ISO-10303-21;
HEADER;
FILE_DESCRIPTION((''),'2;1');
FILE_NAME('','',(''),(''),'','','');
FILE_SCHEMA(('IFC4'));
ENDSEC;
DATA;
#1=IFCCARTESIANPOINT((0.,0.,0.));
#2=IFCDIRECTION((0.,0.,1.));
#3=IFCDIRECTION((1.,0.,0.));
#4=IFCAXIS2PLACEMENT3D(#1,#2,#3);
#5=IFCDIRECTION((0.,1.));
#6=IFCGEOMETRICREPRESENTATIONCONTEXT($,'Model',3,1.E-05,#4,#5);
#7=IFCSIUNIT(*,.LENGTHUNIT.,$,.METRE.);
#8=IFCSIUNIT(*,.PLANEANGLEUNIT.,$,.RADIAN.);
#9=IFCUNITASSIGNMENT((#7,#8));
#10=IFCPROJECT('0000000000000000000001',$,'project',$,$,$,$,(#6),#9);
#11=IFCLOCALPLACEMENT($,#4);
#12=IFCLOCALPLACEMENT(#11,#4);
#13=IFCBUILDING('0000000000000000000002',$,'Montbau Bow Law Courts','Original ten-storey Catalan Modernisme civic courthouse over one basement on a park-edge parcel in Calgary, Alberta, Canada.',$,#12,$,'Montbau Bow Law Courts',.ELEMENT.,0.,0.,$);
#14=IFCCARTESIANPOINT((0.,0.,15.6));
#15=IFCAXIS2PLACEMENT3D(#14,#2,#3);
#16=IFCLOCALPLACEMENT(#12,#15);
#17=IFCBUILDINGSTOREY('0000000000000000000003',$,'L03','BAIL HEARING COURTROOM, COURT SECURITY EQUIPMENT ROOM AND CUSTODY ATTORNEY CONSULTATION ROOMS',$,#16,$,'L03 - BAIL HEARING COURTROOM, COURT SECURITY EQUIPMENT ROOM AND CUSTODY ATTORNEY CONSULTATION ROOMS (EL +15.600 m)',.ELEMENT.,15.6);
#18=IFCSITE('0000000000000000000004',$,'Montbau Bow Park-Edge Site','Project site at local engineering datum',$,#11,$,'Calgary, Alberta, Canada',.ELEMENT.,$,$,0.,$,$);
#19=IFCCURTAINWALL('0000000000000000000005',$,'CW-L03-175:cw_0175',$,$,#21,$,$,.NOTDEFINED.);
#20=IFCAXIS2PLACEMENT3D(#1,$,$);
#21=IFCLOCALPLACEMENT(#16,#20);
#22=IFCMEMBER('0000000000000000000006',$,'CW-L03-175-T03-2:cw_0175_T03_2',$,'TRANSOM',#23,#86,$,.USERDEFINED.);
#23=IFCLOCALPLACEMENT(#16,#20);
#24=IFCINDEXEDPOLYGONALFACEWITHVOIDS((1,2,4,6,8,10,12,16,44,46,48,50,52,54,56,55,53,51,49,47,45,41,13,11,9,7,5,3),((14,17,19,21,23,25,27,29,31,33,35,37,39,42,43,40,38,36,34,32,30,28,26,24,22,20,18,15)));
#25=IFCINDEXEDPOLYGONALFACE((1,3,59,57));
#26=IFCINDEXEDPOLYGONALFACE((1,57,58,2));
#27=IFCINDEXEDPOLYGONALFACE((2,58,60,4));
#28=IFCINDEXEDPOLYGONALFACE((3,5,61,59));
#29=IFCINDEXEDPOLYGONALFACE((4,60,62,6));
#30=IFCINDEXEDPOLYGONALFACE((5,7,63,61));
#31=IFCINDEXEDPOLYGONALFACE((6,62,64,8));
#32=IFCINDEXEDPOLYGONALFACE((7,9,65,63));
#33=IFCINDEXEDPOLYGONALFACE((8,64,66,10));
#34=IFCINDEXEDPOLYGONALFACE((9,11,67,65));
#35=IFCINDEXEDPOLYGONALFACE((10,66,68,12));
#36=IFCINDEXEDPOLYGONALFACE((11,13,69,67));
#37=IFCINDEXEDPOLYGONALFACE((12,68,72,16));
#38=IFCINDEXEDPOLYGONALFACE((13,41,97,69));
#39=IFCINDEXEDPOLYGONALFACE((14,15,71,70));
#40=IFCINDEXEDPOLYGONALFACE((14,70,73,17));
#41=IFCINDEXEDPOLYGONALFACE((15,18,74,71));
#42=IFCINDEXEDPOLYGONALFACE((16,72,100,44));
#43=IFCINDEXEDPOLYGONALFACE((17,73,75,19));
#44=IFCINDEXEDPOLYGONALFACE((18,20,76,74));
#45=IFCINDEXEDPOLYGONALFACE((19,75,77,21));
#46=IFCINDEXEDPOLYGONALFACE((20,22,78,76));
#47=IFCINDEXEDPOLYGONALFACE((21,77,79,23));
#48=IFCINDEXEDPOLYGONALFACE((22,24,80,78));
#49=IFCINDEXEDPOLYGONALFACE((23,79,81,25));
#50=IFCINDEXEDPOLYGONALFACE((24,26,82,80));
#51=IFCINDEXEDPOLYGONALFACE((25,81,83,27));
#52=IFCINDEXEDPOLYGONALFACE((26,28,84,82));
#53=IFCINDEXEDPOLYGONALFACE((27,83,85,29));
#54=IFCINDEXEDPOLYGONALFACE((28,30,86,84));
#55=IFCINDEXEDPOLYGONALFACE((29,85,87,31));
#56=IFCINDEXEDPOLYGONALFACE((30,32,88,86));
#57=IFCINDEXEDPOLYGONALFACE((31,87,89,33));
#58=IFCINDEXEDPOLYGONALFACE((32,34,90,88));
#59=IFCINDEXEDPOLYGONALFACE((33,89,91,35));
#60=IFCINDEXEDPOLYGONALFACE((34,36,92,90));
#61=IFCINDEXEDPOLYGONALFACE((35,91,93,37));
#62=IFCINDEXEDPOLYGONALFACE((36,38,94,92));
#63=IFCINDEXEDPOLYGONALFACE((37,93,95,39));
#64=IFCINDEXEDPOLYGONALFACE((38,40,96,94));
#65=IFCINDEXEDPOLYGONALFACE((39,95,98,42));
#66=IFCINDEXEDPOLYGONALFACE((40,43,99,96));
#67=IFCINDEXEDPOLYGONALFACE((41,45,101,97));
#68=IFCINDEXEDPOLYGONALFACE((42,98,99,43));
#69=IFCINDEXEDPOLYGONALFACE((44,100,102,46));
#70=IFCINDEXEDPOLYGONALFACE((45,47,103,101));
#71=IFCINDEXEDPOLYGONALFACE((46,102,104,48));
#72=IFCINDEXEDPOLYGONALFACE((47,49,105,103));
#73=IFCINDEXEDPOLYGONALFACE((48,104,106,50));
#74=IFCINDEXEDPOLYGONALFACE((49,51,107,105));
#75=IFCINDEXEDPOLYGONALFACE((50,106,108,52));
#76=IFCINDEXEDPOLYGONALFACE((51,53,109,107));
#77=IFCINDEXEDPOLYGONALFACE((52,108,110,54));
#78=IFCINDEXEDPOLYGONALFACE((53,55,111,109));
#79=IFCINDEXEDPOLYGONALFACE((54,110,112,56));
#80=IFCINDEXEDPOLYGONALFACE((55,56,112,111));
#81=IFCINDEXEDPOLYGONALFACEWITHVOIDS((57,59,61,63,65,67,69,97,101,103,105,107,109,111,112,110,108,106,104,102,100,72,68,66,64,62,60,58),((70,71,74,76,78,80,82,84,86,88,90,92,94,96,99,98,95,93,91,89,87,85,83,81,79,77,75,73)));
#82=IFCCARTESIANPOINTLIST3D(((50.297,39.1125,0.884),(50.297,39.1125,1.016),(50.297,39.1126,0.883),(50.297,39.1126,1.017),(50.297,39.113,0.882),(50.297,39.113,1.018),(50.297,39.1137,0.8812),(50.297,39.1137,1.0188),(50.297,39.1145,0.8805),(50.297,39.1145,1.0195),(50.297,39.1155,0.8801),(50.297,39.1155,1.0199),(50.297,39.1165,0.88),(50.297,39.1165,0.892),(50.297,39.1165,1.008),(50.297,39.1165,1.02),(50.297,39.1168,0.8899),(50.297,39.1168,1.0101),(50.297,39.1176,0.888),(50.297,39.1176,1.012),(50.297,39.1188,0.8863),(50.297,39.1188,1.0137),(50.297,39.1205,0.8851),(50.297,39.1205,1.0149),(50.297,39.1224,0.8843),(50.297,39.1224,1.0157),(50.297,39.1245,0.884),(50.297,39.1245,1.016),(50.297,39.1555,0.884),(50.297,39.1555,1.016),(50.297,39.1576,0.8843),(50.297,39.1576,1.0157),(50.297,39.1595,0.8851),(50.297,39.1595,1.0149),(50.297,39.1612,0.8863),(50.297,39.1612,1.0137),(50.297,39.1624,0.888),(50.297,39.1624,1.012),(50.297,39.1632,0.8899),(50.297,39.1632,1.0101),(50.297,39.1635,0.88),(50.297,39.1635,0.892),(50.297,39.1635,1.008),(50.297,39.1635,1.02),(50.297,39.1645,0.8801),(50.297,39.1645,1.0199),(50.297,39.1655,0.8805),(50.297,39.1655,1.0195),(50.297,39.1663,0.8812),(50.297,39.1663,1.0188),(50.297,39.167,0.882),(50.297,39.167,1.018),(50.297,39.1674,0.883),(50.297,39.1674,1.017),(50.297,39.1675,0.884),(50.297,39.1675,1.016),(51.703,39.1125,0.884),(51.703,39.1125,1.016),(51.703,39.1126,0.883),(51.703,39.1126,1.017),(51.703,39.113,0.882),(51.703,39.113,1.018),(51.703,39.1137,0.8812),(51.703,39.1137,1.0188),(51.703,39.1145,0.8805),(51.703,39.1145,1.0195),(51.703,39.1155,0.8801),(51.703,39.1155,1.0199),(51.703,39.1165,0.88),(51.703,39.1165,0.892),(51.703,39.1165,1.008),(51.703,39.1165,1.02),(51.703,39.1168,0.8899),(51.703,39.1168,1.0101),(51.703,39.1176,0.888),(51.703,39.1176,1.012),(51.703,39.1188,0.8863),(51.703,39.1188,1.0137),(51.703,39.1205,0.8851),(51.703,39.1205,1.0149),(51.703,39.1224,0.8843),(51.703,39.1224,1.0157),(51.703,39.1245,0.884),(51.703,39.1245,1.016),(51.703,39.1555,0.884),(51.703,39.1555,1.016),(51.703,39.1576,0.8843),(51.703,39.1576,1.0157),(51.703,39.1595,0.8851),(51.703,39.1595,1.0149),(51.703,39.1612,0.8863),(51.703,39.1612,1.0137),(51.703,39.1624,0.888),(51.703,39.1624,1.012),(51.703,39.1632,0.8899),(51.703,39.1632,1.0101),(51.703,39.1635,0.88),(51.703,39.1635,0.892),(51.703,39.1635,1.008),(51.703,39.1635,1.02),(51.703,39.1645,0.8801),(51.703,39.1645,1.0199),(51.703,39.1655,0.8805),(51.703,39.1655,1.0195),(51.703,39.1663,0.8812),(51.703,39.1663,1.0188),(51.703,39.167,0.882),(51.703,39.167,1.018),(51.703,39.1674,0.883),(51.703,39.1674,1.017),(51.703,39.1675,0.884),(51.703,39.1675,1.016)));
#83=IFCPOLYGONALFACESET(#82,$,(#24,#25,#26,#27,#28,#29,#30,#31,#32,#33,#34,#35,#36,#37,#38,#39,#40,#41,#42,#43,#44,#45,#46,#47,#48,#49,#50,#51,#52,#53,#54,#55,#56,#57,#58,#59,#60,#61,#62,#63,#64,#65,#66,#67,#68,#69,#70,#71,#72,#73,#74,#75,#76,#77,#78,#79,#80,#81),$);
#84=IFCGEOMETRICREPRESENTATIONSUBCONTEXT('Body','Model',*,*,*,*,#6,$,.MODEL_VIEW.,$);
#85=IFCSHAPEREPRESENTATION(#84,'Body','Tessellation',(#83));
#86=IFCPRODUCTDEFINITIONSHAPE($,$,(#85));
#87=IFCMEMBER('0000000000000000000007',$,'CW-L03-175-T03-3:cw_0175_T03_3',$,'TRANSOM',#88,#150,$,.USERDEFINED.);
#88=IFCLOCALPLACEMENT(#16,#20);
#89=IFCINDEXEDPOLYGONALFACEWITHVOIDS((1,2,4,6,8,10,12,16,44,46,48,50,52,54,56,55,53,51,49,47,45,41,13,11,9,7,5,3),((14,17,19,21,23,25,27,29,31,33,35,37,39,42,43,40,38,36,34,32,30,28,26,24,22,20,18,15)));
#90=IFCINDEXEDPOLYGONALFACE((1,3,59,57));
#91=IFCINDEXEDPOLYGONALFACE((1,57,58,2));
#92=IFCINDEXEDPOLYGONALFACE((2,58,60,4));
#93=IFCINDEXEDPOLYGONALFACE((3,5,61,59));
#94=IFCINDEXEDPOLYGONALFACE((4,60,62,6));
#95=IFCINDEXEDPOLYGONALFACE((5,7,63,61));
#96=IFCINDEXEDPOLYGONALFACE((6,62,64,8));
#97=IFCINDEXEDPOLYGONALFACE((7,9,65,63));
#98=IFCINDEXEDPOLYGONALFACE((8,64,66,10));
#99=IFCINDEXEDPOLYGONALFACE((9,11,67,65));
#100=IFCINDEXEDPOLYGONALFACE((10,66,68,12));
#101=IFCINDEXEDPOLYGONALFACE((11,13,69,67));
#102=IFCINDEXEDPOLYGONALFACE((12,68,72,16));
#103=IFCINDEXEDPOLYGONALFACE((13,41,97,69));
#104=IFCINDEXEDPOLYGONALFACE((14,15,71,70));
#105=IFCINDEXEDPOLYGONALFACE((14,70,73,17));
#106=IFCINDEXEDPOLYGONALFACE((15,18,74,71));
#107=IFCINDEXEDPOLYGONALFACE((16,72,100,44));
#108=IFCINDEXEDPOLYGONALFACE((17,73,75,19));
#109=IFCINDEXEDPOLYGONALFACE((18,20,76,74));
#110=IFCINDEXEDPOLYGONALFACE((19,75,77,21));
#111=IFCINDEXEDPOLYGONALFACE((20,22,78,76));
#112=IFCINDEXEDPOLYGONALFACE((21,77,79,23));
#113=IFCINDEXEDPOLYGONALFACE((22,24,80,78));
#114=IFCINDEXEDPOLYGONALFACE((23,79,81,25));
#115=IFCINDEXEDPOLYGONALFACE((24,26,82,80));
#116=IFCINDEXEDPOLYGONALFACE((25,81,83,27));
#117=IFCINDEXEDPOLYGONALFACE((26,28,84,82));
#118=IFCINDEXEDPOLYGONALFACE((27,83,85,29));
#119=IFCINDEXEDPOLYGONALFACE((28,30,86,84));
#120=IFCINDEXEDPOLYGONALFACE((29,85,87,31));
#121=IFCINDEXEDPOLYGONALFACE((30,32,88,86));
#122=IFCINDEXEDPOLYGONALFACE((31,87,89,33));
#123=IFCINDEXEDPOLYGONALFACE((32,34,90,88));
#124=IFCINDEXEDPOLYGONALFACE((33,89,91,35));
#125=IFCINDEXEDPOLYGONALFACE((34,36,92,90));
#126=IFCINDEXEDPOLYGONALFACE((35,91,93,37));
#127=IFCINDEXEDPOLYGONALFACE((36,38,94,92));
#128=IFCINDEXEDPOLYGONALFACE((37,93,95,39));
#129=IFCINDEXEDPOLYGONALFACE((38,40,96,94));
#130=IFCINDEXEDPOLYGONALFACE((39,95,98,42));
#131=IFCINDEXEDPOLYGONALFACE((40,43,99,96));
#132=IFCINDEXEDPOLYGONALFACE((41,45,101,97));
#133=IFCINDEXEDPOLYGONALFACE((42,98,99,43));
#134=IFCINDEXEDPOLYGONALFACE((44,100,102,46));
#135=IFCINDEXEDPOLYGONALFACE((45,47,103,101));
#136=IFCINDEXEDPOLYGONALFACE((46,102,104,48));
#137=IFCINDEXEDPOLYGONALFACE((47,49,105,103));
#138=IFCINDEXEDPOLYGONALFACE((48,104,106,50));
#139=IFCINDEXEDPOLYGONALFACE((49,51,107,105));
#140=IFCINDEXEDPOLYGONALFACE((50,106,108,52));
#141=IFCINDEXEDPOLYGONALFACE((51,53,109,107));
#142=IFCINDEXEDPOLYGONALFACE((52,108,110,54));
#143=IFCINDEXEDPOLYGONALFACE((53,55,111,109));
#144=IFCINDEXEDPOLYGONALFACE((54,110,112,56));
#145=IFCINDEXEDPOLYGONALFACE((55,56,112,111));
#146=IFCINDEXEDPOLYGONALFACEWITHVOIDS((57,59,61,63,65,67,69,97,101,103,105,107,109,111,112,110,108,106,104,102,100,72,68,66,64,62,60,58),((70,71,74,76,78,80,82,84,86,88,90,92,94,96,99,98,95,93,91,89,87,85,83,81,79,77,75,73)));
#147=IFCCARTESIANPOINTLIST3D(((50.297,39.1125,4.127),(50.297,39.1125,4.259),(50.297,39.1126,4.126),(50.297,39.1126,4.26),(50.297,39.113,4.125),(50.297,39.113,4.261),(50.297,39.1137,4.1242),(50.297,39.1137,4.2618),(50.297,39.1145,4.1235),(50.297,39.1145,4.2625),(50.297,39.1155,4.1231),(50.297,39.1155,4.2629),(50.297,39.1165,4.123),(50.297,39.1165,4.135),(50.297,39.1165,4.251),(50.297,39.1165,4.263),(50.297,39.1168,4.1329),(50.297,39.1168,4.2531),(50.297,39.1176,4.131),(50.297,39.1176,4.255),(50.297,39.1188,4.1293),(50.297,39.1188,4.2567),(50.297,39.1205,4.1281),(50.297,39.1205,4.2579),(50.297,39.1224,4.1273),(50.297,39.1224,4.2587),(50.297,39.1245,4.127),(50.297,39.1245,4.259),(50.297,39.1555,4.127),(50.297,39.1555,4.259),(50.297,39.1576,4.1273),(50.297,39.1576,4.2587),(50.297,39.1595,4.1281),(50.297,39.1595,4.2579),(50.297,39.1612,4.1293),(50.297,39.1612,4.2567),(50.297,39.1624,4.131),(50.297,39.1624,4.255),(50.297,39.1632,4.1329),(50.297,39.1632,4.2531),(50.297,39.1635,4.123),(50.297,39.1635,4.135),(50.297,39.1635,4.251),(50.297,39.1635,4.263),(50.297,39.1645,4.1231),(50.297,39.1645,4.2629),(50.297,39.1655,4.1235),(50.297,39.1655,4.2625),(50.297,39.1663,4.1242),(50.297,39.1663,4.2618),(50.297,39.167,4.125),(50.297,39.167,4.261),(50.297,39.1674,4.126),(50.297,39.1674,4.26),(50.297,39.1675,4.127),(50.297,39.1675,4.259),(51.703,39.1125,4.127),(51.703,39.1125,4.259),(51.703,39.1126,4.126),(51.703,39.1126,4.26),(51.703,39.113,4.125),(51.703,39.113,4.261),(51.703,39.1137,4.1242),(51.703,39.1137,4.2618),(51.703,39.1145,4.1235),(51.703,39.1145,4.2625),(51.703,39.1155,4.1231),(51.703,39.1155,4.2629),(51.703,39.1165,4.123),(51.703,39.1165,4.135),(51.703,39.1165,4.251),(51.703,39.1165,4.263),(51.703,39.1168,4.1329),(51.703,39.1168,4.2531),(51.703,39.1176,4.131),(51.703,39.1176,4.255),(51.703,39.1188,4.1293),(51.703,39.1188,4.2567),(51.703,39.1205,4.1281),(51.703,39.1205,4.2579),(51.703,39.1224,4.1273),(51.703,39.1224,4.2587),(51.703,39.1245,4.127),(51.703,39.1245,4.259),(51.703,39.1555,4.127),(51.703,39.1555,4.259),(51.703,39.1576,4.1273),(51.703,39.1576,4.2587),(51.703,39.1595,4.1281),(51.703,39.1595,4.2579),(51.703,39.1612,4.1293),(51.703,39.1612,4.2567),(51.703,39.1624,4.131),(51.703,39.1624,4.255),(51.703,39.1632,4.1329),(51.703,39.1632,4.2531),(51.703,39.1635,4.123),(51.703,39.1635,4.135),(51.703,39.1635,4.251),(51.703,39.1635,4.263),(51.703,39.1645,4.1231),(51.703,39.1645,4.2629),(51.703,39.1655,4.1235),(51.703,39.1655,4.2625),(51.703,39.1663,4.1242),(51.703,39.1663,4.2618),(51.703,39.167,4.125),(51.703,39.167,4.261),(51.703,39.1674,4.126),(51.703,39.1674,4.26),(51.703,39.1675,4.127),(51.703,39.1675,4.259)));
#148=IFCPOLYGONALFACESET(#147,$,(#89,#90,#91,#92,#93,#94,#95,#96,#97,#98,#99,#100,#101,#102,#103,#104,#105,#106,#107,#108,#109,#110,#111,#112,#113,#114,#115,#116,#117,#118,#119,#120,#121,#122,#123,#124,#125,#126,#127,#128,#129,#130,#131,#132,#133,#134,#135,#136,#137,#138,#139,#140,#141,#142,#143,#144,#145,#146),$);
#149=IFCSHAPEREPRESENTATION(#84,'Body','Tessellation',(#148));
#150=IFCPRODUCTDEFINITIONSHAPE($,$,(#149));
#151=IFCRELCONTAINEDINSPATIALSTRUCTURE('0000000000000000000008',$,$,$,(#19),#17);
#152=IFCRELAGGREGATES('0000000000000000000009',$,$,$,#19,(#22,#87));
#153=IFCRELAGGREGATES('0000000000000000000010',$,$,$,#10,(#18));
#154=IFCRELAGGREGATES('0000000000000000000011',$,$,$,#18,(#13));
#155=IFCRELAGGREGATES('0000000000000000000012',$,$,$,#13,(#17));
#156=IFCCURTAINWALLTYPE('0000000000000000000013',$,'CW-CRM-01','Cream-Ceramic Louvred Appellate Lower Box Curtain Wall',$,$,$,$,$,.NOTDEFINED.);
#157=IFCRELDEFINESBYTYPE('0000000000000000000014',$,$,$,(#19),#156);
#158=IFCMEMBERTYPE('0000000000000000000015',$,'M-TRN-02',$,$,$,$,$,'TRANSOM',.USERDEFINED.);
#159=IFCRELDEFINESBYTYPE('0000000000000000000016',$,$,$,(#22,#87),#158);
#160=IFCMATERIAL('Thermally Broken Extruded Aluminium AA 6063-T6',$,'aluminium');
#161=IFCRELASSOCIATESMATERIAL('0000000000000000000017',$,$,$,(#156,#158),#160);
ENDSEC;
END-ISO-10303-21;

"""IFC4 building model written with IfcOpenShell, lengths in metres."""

from ifc_helpers import new_model, si_unit, direction, frame, origin_with_axes, origin_2d_with_axis, place, context, subcontext, project, spatial, hollow_rectangle, extrude, material, material_profile, profile_set, type_object, element, aggregate, save


model = new_model("IFC4")

# Units and contexts
model_context = context("Model", 3, precision=1e-05, world=origin_with_axes(), true_north=direction((0.0, 1.0)))
body_context = subcontext(model_context, "Body", "Model", "MODEL_VIEW")
ifc_project = project(units=[si_unit("LENGTHUNIT", "METRE"), si_unit("PLANEANGLEUNIT", "RADIAN")], contexts=[model_context])

# Site, building, storey
site_placement = place(None, origin_with_axes())
site = spatial("IfcSite", under=ifc_project, at=site_placement, Name="Montbau Bow Park-Edge Site", Description="Project site at local engineering datum", LongName="Calgary, Alberta, Canada", CompositionType="ELEMENT", RefElevation=0.0)
building_placement = place(site_placement, origin_with_axes())
building = spatial("IfcBuilding", under=site, at=building_placement, Name="Montbau Bow Law Courts", Description="Original ten-storey Catalan Modernisme civic courthouse over one basement on a park-edge parcel in Calgary, Alberta, Canada.", LongName="Montbau Bow Law Courts", CompositionType="ELEMENT", ElevationOfRefHeight=0.0, ElevationOfTerrain=0.0)
storey_placement = place(building_placement, frame((0.0, 0.0, 15.6), z_axis=(0.0, 0.0, 1.0), x_axis=(1.0, 0.0, 0.0)))
storey = spatial("IfcBuildingStorey", under=building, at=storey_placement, Name="L03", Description="BAIL HEARING COURTROOM, COURT SECURITY EQUIPMENT ROOM AND CUSTODY ATTORNEY CONSULTATION ROOMS", LongName="L03 - BAIL HEARING COURTROOM, COURT SECURITY EQUIPMENT ROOM AND CUSTODY ATTORNEY CONSULTATION ROOMS (EL +15.600 m)", CompositionType="ELEMENT", Elevation=15.6)

# Curtain wall
ifc_material_1 = material(Name="Thermally Broken Extruded Aluminium AA 6063-T6", Category="aluminium")
curtain_wall_type = type_object("IfcCurtainWallType", Name="CW-CRM-01", Description="Cream-Ceramic Louvred Appellate Lower Box Curtain Wall", PredefinedType="NOTDEFINED", material=ifc_material_1)
curtain_wall_1_placement = place(None, frame((47.315, 39.14, 15.6), z_axis=(0.0, 0.0, 1.0), x_axis=(1.0, 0.0, 0.0)))
curtain_wall_1 = element("IfcCurtainWall", 1, at=curtain_wall_1_placement, inside=storey, type_object=curtain_wall_type, Name="CW-L03-175:cw_0175", PredefinedType="NOTDEFINED")

# Members
ifc_material_profile_1 = material_profile(ifc_material_1, hollow_rectangle(XDim=0.055, YDim=0.14, WallThickness=0.004, InnerFilletRadius=0.008, OuterFilletRadius=0.004, at=origin_2d_with_axis()), Name="CWT-140X55", Category="Main", Priority=0)
ifc_profile_set_1 = profile_set([ifc_material_profile_1], Name="Thermally Broken Extruded Aluminium AA 6063-T6")
member_type_1 = type_object("IfcMemberType", Name="M-TRN-02", ElementType="TRANSOM", PredefinedType="USERDEFINED", material=ifc_profile_set_1)
member_1_placement = place(None, frame((50.297, 39.14, 16.55), z_axis=(1.0, 0.0, 0.0), x_axis=(0.0, 1.0, 0.0)))
member_1 = element("IfcMember", 2, at=member_1_placement, type_object=member_type_1, Name="CW-L03-175-T03-2:cw_0175_T03_2", ObjectType="TRANSOM", PredefinedType="USERDEFINED", context=body_context, shape_type="SweptSolid", body=[
    extrude(hollow_rectangle(XDim=0.055, YDim=0.14, WallThickness=0.004, InnerFilletRadius=0.008, OuterFilletRadius=0.004, at=origin_2d_with_axis()), origin_with_axes(), (0.0, 0.0, 1.0), 1.406),
])
member_2_placement = place(None, frame((50.297, 39.14, 19.793), z_axis=(1.0, 0.0, 0.0), x_axis=(0.0, 1.0, 0.0)))
member_2 = element("IfcMember", 3, at=member_2_placement, type_object=member_type_1, Name="CW-L03-175-T03-3:cw_0175_T03_3", ObjectType="TRANSOM", PredefinedType="USERDEFINED", context=body_context, shape_type="SweptSolid", body=[
    extrude(hollow_rectangle(XDim=0.055, YDim=0.14, WallThickness=0.004, InnerFilletRadius=0.008, OuterFilletRadius=0.004, at=origin_2d_with_axis()), origin_with_axes(), (0.0, 0.0, 1.0), 1.406),
])

aggregate(curtain_wall_1, [member_1, member_2])

save(model, "model.ifc")
